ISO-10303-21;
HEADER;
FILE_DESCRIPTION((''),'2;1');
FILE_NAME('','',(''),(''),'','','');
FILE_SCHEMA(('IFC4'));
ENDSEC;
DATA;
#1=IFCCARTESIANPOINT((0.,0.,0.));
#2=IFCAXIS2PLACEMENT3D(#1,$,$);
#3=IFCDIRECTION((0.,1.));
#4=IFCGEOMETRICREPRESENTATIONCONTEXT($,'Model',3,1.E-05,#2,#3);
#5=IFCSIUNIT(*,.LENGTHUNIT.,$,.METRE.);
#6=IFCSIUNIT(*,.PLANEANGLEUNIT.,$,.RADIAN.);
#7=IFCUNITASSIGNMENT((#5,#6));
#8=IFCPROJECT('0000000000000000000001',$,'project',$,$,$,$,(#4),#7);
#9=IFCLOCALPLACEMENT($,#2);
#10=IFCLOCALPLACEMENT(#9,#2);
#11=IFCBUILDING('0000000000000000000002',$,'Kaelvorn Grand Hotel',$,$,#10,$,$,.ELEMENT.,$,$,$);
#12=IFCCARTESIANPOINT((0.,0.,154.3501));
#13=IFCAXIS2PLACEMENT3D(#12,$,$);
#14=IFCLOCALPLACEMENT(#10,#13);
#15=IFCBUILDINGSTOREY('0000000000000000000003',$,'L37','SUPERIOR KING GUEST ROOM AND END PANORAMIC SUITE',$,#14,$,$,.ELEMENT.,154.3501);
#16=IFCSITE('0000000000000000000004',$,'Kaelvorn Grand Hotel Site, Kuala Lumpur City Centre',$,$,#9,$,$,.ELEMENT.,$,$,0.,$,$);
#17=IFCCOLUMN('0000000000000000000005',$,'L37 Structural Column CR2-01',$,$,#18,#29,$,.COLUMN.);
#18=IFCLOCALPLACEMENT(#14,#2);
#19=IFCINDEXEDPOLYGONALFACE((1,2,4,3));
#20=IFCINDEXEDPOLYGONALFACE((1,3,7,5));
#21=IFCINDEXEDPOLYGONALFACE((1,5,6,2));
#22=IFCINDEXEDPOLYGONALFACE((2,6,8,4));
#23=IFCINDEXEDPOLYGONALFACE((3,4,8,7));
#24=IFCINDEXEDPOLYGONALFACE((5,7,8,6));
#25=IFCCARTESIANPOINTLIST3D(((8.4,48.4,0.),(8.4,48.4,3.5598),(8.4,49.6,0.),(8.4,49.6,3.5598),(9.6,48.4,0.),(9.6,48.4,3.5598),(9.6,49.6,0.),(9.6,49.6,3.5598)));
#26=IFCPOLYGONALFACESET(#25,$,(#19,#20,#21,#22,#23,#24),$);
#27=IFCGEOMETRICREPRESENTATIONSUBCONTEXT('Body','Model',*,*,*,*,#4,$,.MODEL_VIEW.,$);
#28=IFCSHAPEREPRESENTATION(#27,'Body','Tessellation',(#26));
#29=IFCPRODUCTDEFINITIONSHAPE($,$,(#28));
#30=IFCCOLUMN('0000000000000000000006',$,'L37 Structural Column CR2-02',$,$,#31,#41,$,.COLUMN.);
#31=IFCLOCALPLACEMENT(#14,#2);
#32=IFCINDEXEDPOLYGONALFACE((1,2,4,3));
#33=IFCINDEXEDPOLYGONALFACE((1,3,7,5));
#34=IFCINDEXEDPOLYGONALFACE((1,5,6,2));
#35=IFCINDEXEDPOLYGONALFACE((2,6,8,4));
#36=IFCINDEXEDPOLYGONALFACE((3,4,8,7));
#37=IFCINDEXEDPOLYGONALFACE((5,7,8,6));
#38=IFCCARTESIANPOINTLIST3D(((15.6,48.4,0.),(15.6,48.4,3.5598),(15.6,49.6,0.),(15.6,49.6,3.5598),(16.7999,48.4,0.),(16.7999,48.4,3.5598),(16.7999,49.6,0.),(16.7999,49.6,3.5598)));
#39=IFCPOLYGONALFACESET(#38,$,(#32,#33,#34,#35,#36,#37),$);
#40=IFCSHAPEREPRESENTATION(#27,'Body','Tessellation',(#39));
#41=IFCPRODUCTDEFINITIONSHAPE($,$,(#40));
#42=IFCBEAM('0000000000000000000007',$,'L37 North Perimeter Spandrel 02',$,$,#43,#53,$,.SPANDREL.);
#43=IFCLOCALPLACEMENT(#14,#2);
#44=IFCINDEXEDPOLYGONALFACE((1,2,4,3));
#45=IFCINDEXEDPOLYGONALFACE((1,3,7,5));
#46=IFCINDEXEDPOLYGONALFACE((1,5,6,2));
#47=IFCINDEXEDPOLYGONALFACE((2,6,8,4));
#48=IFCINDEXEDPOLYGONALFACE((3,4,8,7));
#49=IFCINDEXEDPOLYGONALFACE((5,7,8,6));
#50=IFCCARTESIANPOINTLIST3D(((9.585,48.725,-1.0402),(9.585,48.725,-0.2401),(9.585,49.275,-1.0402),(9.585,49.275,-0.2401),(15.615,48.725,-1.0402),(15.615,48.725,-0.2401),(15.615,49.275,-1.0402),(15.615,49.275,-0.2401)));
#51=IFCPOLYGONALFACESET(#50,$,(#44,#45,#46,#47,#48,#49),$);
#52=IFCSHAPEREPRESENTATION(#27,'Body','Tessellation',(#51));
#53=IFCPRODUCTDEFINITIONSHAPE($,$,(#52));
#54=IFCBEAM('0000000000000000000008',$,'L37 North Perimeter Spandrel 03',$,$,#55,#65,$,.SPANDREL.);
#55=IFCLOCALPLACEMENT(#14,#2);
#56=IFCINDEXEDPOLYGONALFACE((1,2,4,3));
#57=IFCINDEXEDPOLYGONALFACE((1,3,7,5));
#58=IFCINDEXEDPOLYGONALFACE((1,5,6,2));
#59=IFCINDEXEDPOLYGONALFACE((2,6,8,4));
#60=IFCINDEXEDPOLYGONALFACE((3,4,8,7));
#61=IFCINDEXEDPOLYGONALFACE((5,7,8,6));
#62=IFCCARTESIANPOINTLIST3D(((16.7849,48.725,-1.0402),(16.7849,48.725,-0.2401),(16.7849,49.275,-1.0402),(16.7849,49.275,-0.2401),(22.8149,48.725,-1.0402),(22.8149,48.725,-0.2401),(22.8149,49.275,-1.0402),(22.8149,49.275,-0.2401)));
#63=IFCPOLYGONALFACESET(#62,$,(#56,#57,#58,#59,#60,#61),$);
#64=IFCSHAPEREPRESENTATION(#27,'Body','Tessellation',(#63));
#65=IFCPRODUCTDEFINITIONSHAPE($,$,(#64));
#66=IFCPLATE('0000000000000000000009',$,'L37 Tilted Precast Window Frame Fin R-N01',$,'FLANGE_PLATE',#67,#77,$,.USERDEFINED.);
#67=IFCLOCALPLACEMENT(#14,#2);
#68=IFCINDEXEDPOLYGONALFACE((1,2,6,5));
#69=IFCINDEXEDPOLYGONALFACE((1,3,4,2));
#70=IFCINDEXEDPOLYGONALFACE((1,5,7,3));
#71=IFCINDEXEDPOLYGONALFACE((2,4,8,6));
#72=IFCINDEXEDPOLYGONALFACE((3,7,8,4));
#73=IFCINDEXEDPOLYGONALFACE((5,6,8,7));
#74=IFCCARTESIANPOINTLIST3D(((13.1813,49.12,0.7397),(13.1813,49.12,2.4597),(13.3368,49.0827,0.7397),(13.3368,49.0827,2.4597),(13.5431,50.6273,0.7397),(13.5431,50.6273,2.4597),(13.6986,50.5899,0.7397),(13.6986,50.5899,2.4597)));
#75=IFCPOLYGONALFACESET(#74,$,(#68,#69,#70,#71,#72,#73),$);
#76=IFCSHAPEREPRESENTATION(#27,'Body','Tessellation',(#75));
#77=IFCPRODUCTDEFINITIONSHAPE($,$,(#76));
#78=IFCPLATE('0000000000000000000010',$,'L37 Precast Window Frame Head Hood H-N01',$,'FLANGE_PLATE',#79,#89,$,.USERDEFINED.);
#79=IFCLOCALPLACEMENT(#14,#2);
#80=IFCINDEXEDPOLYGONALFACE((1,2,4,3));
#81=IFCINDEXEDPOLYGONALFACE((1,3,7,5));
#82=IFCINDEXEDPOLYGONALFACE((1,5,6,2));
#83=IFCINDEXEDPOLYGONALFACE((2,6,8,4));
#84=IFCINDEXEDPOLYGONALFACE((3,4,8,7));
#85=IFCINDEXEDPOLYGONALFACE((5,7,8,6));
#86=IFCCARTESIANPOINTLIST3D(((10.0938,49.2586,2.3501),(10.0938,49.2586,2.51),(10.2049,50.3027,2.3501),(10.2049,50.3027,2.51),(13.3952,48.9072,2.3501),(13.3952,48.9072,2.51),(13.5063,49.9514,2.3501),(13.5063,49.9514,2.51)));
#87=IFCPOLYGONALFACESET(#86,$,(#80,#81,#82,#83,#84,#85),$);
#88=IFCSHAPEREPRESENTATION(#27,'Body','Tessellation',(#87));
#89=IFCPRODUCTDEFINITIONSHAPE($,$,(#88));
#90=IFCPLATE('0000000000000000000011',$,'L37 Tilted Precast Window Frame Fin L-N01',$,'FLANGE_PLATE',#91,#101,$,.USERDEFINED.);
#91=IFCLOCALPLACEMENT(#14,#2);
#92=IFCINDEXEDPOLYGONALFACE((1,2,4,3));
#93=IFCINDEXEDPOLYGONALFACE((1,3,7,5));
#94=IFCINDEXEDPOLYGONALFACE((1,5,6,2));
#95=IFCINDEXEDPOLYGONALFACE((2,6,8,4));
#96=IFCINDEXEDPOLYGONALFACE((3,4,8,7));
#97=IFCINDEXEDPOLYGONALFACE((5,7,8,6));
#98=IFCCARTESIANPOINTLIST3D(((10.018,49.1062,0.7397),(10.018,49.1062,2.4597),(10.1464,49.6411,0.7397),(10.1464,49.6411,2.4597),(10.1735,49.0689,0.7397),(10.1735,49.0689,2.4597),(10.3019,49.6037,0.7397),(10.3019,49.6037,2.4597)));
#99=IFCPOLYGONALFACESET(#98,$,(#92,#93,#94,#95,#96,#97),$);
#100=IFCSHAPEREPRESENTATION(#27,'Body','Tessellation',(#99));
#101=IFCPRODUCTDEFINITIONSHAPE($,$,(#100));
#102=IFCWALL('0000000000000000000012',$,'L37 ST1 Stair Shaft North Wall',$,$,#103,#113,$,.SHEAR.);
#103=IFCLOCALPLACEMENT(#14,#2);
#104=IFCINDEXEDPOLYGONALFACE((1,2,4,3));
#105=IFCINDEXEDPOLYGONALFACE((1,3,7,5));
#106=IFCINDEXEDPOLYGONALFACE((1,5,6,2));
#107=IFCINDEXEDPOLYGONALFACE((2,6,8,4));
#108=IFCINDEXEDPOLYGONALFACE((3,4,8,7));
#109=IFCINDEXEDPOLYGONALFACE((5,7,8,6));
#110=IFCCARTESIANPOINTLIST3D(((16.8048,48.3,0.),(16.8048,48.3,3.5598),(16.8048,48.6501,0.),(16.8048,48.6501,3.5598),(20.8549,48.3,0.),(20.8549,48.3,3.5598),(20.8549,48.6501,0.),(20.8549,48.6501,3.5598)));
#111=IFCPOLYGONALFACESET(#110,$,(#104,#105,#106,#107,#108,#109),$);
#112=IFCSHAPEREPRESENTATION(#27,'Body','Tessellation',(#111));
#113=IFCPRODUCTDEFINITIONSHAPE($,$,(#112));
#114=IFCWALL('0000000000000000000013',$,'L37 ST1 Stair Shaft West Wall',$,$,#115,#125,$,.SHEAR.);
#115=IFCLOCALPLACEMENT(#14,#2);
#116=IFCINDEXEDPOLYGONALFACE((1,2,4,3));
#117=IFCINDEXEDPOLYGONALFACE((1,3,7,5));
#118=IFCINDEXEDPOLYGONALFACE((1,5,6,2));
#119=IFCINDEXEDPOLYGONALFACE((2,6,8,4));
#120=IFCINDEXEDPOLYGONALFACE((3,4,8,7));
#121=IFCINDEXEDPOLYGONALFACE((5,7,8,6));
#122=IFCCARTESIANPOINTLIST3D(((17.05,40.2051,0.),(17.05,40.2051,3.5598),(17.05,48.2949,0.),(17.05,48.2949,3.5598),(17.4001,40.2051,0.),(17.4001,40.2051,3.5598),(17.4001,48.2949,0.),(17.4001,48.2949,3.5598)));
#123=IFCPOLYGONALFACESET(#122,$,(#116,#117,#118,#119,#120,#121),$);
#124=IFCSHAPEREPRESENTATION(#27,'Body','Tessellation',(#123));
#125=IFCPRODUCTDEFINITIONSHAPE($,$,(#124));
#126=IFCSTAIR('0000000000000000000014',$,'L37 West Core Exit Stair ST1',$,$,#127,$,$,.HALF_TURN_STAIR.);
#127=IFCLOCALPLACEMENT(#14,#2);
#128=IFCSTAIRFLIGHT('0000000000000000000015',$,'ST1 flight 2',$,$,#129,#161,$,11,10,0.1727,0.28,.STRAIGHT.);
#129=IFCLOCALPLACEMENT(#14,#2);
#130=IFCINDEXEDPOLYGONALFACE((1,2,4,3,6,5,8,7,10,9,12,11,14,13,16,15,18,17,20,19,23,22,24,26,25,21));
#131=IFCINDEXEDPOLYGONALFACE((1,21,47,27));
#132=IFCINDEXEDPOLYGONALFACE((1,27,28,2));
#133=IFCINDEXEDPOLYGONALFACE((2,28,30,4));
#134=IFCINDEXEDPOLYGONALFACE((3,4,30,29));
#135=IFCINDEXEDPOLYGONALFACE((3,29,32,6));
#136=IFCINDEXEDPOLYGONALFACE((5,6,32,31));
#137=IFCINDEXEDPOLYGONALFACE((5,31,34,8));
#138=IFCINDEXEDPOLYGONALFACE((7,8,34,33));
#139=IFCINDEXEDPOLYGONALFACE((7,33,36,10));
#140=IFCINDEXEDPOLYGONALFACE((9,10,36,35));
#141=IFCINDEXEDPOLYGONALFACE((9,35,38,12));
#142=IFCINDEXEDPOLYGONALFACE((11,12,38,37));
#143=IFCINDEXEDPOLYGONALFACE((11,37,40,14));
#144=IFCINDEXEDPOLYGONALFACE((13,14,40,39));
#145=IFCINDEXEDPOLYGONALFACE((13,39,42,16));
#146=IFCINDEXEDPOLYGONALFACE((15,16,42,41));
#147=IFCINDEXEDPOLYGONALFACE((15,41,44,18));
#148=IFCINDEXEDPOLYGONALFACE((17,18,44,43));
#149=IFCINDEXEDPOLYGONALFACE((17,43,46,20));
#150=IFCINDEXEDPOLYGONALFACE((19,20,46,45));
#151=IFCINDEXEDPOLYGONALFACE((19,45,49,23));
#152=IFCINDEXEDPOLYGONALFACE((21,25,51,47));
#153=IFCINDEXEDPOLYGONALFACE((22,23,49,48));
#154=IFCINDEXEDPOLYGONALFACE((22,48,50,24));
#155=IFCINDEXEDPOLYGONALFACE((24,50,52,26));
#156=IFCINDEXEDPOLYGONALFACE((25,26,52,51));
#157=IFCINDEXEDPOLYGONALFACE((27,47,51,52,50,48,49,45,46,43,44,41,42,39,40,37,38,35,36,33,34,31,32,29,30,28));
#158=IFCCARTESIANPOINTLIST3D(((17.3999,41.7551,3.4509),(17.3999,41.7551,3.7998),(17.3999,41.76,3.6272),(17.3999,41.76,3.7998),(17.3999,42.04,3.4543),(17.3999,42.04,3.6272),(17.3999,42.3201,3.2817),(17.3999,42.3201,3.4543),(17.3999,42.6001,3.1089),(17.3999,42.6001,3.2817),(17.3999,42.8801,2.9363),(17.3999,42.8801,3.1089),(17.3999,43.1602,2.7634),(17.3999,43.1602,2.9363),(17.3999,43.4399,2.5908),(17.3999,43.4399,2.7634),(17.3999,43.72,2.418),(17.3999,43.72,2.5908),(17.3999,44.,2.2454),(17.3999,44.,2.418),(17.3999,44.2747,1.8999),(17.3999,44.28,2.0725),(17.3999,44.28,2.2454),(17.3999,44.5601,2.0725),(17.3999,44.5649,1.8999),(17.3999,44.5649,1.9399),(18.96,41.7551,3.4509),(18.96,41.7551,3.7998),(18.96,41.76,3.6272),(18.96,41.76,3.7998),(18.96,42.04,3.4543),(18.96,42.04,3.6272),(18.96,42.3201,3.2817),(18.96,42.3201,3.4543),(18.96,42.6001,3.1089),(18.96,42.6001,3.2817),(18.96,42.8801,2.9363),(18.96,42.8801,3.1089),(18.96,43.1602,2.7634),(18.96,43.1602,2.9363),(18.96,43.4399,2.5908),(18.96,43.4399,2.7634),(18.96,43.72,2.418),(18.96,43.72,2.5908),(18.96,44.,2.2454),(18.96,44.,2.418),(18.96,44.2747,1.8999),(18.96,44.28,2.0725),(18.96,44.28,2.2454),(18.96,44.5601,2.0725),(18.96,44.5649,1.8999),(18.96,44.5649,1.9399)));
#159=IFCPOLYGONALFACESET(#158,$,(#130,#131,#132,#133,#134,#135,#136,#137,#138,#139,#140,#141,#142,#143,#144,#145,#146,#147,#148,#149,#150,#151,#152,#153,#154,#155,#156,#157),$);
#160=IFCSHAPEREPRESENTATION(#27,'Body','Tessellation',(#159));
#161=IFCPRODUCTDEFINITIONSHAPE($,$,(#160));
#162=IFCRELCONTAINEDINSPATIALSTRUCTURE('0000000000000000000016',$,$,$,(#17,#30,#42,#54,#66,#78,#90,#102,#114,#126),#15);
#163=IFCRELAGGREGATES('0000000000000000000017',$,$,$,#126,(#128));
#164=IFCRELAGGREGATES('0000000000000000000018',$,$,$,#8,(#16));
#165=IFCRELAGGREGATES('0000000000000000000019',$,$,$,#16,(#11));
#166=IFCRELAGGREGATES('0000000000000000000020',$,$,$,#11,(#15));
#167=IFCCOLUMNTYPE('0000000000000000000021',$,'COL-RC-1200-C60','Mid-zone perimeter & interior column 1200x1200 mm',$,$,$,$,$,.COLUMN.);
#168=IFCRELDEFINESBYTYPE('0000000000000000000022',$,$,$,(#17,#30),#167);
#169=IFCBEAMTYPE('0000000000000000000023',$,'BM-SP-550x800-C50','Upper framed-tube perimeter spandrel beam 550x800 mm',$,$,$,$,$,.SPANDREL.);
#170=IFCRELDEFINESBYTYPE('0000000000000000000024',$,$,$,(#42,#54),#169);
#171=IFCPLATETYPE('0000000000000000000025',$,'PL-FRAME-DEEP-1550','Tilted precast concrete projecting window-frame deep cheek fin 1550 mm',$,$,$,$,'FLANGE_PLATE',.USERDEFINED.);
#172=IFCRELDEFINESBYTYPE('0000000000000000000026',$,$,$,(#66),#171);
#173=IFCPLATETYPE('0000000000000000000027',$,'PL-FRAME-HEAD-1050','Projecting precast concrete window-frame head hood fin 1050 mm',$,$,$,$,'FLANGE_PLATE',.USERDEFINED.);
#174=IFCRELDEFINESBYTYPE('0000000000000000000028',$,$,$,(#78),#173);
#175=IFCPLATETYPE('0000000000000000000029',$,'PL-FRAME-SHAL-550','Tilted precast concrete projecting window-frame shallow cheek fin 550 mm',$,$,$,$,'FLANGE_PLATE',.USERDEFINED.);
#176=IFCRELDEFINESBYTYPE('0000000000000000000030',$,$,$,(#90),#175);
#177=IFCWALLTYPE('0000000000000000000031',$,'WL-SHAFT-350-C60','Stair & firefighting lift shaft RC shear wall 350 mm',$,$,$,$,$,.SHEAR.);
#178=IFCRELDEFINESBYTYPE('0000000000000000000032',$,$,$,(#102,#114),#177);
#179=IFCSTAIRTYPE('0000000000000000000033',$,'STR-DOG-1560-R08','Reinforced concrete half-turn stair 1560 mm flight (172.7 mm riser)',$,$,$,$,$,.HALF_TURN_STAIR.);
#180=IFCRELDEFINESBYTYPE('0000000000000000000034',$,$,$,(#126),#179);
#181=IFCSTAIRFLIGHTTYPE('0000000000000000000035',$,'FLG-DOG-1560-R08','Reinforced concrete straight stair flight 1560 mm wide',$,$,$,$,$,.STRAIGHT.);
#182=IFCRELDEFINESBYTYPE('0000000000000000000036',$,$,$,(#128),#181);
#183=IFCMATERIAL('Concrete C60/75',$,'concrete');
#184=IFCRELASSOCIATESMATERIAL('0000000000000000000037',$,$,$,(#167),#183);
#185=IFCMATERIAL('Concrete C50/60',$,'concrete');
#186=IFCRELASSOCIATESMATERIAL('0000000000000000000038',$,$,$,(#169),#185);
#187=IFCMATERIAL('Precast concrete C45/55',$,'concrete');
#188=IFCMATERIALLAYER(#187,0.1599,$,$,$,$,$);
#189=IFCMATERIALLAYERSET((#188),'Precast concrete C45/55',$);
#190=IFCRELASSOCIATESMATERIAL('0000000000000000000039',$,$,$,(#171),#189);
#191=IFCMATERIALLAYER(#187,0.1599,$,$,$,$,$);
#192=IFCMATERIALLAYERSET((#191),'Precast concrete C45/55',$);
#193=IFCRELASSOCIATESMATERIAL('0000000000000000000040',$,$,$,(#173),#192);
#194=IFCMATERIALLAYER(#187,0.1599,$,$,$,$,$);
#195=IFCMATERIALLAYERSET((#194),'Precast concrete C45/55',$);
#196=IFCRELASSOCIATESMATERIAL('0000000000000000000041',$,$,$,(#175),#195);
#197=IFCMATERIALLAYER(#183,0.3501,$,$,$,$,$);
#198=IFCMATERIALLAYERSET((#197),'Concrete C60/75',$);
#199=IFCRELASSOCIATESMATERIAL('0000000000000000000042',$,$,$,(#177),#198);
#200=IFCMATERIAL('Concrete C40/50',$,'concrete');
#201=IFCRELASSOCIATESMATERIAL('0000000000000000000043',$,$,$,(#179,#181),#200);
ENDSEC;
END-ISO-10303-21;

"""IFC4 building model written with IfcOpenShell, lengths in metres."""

from ifc_helpers import new_model, si_unit, direction, frame, frame_2d, origin, origin_2d, place, context, subcontext, project, spatial, polyline, rectangle, outline, extrude, material, layer, layer_set, material_profile, profile_set, type_object, element, aggregate, save


model = new_model("IFC4")

# Units and contexts
model_context = context("Model", 3, precision=1e-05, world=origin(), true_north=direction((0.0, 1.0)))
body_context = subcontext(model_context, "Body", "Model", "MODEL_VIEW")
ifc_project = project(units=[si_unit("LENGTHUNIT", "METRE"), si_unit("PLANEANGLEUNIT", "RADIAN")], contexts=[model_context])

# Site, building, storey
site_placement = place(None, origin())
site = spatial("IfcSite", under=ifc_project, at=site_placement, Name="Kaelvorn Grand Hotel Site, Kuala Lumpur City Centre", CompositionType="ELEMENT", RefElevation=0.0)
building_placement = place(site_placement, origin())
building = spatial("IfcBuilding", under=site, at=building_placement, Name="Kaelvorn Grand Hotel", CompositionType="ELEMENT")
storey_placement = place(building_placement, frame((0.0, 0.0, 154.3501)))
storey = spatial("IfcBuildingStorey", under=building, at=storey_placement, Name="L37", Description="SUPERIOR KING GUEST ROOM AND END PANORAMIC SUITE", CompositionType="ELEMENT", Elevation=154.3501)

# Columns
ifc_material_1 = material(Name="Concrete C60/75", Category="concrete")
ifc_material_profile_1 = material_profile(ifc_material_1, rectangle(XDim=1.2, YDim=1.2, at=origin_2d()), Name="RC COL 1200x1200")
ifc_profile_set_1 = profile_set([ifc_material_profile_1], Name="Concrete C60/75")
column_type = type_object("IfcColumnType", Name="COL-RC-1200-C60", Description="Mid-zone perimeter & interior column 1200x1200 mm", PredefinedType="COLUMN", material=ifc_profile_set_1)
for number, where, z_axis, x_axis, name in (
    (1, (9.0, 49.0, 0.0), (0.0, 0.0, 1.0), (1.0, 0.0, 0.0), "L37 Structural Column CR2-01"),
    (2, (16.2, 49.0, 0.0), (0.0, 0.0, 1.0), (1.0, 0.0, 0.0), "L37 Structural Column CR2-02"),
):
    element("IfcColumn", number, at=place(storey_placement, frame(where, z_axis=z_axis, x_axis=x_axis)), inside=storey, type_object=column_type, Name=name, PredefinedType="COLUMN", context=body_context, shape_type="SweptSolid", body=[
        extrude(rectangle(XDim=1.2, YDim=1.2, at=origin_2d()), origin(), (0.0, 0.0, 1.0), 3.5598),
    ])

# Beams
ifc_material_2 = material(Name="Concrete C50/60", Category="concrete")
ifc_material_profile_2 = material_profile(ifc_material_2, rectangle(XDim=0.55, YDim=0.8, at=origin_2d()), Name="RC SPANDREL 550x800")
ifc_profile_set_2 = profile_set([ifc_material_profile_2], Name="Concrete C50/60")
beam_type = type_object("IfcBeamType", Name="BM-SP-550x800-C50", Description="Upper framed-tube perimeter spandrel beam 550x800 mm", PredefinedType="SPANDREL", material=ifc_profile_set_2)
for number, where, z_axis, x_axis, name in (
    (3, (9.585, 49.0, -0.6401), (1.0, 0.0, 0.0), (0.0, 1.0, 0.0), "L37 North Perimeter Spandrel 02"),
    (4, (16.7849, 49.0, -0.6401), (1.0, 0.0, 0.0), (0.0, 1.0, 0.0), "L37 North Perimeter Spandrel 03"),
):
    element("IfcBeam", number, at=place(storey_placement, frame(where, z_axis=z_axis, x_axis=x_axis)), inside=storey, type_object=beam_type, Name=name, PredefinedType="SPANDREL", context=body_context, shape_type="SweptSolid", body=[
        extrude(rectangle(XDim=0.55, YDim=0.8, at=origin_2d()), origin(), (0.0, 0.0, 1.0), 6.03),
    ])

# Plates
ifc_material_3 = material(Name="Precast concrete C45/55", Category="concrete")
ifc_layer_1 = layer(ifc_material_3, 0.1599)
ifc_layer_set_1 = layer_set([ifc_layer_1], Name="Precast concrete C45/55")
plate_type_1 = type_object("IfcPlateType", Name="PL-FRAME-DEEP-1550", Description="Tilted precast concrete projecting window-frame deep cheek fin 1550 mm", ElementType="FLANGE_PLATE", PredefinedType="USERDEFINED", material=ifc_layer_set_1)
plate_1_placement = place(storey_placement, frame((13.4399, 49.855, 0.7397), z_axis=(0.0, 0.0, 1.0), x_axis=(0.97237, -0.233445, 0.0)))
element("IfcPlate", 5, at=plate_1_placement, inside=storey, type_object=plate_type_1, Name="L37 Tilted Precast Window Frame Fin R-N01", ObjectType="FLANGE_PLATE", PredefinedType="USERDEFINED", context=body_context, shape_type="SweptSolid", body=[
    extrude(rectangle(XDim=0.1599, YDim=1.55, at=origin_2d()), origin(), (0.0, 0.0, 1.0), 1.72),
])
ifc_layer_2 = layer(ifc_material_3, 0.1599)
ifc_layer_set_2 = layer_set([ifc_layer_2], Name="Precast concrete C45/55")
plate_type_2 = type_object("IfcPlateType", Name="PL-FRAME-HEAD-1050", Description="Projecting precast concrete window-frame head hood fin 1050 mm", ElementType="FLANGE_PLATE", PredefinedType="USERDEFINED", material=ifc_layer_set_2)
plate_2_placement = place(storey_placement, frame((11.8, 49.605, 2.3501), z_axis=(0.0, 0.0, 1.0), x_axis=(0.994384, -0.10583, 0.0)))
element("IfcPlate", 6, at=plate_2_placement, inside=storey, type_object=plate_type_2, Name="L37 Precast Window Frame Head Hood H-N01", ObjectType="FLANGE_PLATE", PredefinedType="USERDEFINED", context=body_context, shape_type="SweptSolid", body=[
    extrude(rectangle(XDim=3.3201, YDim=1.05, at=origin_2d()), origin(), (0.0, 0.0, 1.0), 0.1599),
])
ifc_layer_3 = layer(ifc_material_3, 0.1599)
ifc_layer_set_3 = layer_set([ifc_layer_3], Name="Precast concrete C45/55")
plate_type_3 = type_object("IfcPlateType", Name="PL-FRAME-SHAL-550", Description="Tilted precast concrete projecting window-frame shallow cheek fin 550 mm", ElementType="FLANGE_PLATE", PredefinedType="USERDEFINED", material=ifc_layer_set_3)
plate_3_placement = place(storey_placement, frame((10.1599, 49.355, 0.7397), z_axis=(0.0, 0.0, 1.0), x_axis=(0.97237, -0.233445, 0.0)))
element("IfcPlate", 7, at=plate_3_placement, inside=storey, type_object=plate_type_3, Name="L37 Tilted Precast Window Frame Fin L-N01", ObjectType="FLANGE_PLATE", PredefinedType="USERDEFINED", context=body_context, shape_type="SweptSolid", body=[
    extrude(rectangle(XDim=0.1599, YDim=0.55, at=origin_2d()), origin(), (0.0, 0.0, 1.0), 1.72),
])

# Shared definitions
ifc_layer_4 = layer(ifc_material_1, 0.3501)
ifc_layer_set_4 = layer_set([ifc_layer_4], Name="Concrete C60/75")
wall_type = type_object("IfcWallType", Name="WL-SHAFT-350-C60", Description="Stair & firefighting lift shaft RC shear wall 350 mm", PredefinedType="SHEAR", material=ifc_layer_set_4)

# Walls
wall_1_placement = place(storey_placement, frame((16.8049, 48.4751, 0.0), z_axis=(0.0, 0.0, 1.0), x_axis=(1.0, 0.0, 0.0)))
element("IfcWall", 8, at=wall_1_placement, inside=storey, type_object=wall_type, Name="L37 ST1 Stair Shaft North Wall", PredefinedType="SHEAR", context=body_context, shape_type="SweptSolid", body=[
    extrude(rectangle(XDim=4.05, YDim=0.3501, at=frame_2d((2.0249, 0.0))), origin(), (0.0, 0.0, 1.0), 3.5598),
])
wall_2_placement = place(storey_placement, frame((17.2251, 40.2051, 0.0), z_axis=(0.0, 0.0, 1.0), x_axis=(0.0, 1.0, 0.0)))
element("IfcWall", 9, at=wall_2_placement, inside=storey, type_object=wall_type, Name="L37 ST1 Stair Shaft West Wall", PredefinedType="SHEAR", context=body_context, shape_type="SweptSolid", body=[
    extrude(rectangle(XDim=8.0898, YDim=0.3501, at=frame_2d((4.0449, 0.0))), origin(), (0.0, 0.0, 1.0), 3.5598),
])

# Stair, stair flight
ifc_material_4 = material(Name="Concrete C40/50", Category="concrete")
stair_type = type_object("IfcStairType", Name="STR-DOG-1560-R08", Description="Reinforced concrete half-turn stair 1560 mm flight (172.7 mm riser)", PredefinedType="HALF_TURN_STAIR", material=ifc_material_4)
stair_placement = place(storey_placement, origin())
stair = element("IfcStair", 10, at=stair_placement, inside=storey, type_object=stair_type, Name="L37 West Core Exit Stair ST1", PredefinedType="HALF_TURN_STAIR")
stair_flight_type = type_object("IfcStairFlightType", Name="FLG-DOG-1560-R08", Description="Reinforced concrete straight stair flight 1560 mm wide", PredefinedType="STRAIGHT", material=ifc_material_4)
stair_flight_placement = place(storey_placement, frame((18.1799, 44.5601, 1.8999), z_axis=(0.0, 0.0, 1.0), x_axis=(0.0, -1.0, 0.0)))
stair_flight = element("IfcStairFlight", 11, at=stair_flight_placement, type_object=stair_flight_type, Name="ST1 flight 2", NumberOfRisers=11, NumberOfTreads=10, PredefinedType="STRAIGHT", RiserHeight=0.1727, TreadLength=0.28, context=body_context, shape_type="SweptSolid", body=[
    extrude(outline(polyline([(-0.0049, 0.0), (-0.0049, 0.04), (0.0, 0.1726), (0.28, 0.1726), (0.28, 0.3455), (0.5601, 0.3455), (0.5601, 0.5181), (0.8401, 0.5181), (0.8401, 0.6909), (1.1201, 0.6909), (1.1201, 0.8635), (1.3999, 0.8635), (1.3999, 1.0364), (1.6799, 1.0364), (1.6799, 1.209), (1.96, 1.209), (1.96, 1.3818), (2.24, 1.3818), (2.24, 1.5544), (2.52, 1.5544), (2.52, 1.7273), (2.8, 1.7273), (2.8, 1.8999), (2.8049, 1.8999), (2.8049, 1.551), (0.2854, 0.0), (-0.0049, 0.0)])), frame((0.0, 0.78, 0.0), z_axis=(0.0, -1.0, 0.0), x_axis=(1.0, 0.0, 0.0)), (0.0, 0.0, 1.0), 1.5601),
])
aggregate(stair, [stair_flight])

save(model, "model.ifc")
